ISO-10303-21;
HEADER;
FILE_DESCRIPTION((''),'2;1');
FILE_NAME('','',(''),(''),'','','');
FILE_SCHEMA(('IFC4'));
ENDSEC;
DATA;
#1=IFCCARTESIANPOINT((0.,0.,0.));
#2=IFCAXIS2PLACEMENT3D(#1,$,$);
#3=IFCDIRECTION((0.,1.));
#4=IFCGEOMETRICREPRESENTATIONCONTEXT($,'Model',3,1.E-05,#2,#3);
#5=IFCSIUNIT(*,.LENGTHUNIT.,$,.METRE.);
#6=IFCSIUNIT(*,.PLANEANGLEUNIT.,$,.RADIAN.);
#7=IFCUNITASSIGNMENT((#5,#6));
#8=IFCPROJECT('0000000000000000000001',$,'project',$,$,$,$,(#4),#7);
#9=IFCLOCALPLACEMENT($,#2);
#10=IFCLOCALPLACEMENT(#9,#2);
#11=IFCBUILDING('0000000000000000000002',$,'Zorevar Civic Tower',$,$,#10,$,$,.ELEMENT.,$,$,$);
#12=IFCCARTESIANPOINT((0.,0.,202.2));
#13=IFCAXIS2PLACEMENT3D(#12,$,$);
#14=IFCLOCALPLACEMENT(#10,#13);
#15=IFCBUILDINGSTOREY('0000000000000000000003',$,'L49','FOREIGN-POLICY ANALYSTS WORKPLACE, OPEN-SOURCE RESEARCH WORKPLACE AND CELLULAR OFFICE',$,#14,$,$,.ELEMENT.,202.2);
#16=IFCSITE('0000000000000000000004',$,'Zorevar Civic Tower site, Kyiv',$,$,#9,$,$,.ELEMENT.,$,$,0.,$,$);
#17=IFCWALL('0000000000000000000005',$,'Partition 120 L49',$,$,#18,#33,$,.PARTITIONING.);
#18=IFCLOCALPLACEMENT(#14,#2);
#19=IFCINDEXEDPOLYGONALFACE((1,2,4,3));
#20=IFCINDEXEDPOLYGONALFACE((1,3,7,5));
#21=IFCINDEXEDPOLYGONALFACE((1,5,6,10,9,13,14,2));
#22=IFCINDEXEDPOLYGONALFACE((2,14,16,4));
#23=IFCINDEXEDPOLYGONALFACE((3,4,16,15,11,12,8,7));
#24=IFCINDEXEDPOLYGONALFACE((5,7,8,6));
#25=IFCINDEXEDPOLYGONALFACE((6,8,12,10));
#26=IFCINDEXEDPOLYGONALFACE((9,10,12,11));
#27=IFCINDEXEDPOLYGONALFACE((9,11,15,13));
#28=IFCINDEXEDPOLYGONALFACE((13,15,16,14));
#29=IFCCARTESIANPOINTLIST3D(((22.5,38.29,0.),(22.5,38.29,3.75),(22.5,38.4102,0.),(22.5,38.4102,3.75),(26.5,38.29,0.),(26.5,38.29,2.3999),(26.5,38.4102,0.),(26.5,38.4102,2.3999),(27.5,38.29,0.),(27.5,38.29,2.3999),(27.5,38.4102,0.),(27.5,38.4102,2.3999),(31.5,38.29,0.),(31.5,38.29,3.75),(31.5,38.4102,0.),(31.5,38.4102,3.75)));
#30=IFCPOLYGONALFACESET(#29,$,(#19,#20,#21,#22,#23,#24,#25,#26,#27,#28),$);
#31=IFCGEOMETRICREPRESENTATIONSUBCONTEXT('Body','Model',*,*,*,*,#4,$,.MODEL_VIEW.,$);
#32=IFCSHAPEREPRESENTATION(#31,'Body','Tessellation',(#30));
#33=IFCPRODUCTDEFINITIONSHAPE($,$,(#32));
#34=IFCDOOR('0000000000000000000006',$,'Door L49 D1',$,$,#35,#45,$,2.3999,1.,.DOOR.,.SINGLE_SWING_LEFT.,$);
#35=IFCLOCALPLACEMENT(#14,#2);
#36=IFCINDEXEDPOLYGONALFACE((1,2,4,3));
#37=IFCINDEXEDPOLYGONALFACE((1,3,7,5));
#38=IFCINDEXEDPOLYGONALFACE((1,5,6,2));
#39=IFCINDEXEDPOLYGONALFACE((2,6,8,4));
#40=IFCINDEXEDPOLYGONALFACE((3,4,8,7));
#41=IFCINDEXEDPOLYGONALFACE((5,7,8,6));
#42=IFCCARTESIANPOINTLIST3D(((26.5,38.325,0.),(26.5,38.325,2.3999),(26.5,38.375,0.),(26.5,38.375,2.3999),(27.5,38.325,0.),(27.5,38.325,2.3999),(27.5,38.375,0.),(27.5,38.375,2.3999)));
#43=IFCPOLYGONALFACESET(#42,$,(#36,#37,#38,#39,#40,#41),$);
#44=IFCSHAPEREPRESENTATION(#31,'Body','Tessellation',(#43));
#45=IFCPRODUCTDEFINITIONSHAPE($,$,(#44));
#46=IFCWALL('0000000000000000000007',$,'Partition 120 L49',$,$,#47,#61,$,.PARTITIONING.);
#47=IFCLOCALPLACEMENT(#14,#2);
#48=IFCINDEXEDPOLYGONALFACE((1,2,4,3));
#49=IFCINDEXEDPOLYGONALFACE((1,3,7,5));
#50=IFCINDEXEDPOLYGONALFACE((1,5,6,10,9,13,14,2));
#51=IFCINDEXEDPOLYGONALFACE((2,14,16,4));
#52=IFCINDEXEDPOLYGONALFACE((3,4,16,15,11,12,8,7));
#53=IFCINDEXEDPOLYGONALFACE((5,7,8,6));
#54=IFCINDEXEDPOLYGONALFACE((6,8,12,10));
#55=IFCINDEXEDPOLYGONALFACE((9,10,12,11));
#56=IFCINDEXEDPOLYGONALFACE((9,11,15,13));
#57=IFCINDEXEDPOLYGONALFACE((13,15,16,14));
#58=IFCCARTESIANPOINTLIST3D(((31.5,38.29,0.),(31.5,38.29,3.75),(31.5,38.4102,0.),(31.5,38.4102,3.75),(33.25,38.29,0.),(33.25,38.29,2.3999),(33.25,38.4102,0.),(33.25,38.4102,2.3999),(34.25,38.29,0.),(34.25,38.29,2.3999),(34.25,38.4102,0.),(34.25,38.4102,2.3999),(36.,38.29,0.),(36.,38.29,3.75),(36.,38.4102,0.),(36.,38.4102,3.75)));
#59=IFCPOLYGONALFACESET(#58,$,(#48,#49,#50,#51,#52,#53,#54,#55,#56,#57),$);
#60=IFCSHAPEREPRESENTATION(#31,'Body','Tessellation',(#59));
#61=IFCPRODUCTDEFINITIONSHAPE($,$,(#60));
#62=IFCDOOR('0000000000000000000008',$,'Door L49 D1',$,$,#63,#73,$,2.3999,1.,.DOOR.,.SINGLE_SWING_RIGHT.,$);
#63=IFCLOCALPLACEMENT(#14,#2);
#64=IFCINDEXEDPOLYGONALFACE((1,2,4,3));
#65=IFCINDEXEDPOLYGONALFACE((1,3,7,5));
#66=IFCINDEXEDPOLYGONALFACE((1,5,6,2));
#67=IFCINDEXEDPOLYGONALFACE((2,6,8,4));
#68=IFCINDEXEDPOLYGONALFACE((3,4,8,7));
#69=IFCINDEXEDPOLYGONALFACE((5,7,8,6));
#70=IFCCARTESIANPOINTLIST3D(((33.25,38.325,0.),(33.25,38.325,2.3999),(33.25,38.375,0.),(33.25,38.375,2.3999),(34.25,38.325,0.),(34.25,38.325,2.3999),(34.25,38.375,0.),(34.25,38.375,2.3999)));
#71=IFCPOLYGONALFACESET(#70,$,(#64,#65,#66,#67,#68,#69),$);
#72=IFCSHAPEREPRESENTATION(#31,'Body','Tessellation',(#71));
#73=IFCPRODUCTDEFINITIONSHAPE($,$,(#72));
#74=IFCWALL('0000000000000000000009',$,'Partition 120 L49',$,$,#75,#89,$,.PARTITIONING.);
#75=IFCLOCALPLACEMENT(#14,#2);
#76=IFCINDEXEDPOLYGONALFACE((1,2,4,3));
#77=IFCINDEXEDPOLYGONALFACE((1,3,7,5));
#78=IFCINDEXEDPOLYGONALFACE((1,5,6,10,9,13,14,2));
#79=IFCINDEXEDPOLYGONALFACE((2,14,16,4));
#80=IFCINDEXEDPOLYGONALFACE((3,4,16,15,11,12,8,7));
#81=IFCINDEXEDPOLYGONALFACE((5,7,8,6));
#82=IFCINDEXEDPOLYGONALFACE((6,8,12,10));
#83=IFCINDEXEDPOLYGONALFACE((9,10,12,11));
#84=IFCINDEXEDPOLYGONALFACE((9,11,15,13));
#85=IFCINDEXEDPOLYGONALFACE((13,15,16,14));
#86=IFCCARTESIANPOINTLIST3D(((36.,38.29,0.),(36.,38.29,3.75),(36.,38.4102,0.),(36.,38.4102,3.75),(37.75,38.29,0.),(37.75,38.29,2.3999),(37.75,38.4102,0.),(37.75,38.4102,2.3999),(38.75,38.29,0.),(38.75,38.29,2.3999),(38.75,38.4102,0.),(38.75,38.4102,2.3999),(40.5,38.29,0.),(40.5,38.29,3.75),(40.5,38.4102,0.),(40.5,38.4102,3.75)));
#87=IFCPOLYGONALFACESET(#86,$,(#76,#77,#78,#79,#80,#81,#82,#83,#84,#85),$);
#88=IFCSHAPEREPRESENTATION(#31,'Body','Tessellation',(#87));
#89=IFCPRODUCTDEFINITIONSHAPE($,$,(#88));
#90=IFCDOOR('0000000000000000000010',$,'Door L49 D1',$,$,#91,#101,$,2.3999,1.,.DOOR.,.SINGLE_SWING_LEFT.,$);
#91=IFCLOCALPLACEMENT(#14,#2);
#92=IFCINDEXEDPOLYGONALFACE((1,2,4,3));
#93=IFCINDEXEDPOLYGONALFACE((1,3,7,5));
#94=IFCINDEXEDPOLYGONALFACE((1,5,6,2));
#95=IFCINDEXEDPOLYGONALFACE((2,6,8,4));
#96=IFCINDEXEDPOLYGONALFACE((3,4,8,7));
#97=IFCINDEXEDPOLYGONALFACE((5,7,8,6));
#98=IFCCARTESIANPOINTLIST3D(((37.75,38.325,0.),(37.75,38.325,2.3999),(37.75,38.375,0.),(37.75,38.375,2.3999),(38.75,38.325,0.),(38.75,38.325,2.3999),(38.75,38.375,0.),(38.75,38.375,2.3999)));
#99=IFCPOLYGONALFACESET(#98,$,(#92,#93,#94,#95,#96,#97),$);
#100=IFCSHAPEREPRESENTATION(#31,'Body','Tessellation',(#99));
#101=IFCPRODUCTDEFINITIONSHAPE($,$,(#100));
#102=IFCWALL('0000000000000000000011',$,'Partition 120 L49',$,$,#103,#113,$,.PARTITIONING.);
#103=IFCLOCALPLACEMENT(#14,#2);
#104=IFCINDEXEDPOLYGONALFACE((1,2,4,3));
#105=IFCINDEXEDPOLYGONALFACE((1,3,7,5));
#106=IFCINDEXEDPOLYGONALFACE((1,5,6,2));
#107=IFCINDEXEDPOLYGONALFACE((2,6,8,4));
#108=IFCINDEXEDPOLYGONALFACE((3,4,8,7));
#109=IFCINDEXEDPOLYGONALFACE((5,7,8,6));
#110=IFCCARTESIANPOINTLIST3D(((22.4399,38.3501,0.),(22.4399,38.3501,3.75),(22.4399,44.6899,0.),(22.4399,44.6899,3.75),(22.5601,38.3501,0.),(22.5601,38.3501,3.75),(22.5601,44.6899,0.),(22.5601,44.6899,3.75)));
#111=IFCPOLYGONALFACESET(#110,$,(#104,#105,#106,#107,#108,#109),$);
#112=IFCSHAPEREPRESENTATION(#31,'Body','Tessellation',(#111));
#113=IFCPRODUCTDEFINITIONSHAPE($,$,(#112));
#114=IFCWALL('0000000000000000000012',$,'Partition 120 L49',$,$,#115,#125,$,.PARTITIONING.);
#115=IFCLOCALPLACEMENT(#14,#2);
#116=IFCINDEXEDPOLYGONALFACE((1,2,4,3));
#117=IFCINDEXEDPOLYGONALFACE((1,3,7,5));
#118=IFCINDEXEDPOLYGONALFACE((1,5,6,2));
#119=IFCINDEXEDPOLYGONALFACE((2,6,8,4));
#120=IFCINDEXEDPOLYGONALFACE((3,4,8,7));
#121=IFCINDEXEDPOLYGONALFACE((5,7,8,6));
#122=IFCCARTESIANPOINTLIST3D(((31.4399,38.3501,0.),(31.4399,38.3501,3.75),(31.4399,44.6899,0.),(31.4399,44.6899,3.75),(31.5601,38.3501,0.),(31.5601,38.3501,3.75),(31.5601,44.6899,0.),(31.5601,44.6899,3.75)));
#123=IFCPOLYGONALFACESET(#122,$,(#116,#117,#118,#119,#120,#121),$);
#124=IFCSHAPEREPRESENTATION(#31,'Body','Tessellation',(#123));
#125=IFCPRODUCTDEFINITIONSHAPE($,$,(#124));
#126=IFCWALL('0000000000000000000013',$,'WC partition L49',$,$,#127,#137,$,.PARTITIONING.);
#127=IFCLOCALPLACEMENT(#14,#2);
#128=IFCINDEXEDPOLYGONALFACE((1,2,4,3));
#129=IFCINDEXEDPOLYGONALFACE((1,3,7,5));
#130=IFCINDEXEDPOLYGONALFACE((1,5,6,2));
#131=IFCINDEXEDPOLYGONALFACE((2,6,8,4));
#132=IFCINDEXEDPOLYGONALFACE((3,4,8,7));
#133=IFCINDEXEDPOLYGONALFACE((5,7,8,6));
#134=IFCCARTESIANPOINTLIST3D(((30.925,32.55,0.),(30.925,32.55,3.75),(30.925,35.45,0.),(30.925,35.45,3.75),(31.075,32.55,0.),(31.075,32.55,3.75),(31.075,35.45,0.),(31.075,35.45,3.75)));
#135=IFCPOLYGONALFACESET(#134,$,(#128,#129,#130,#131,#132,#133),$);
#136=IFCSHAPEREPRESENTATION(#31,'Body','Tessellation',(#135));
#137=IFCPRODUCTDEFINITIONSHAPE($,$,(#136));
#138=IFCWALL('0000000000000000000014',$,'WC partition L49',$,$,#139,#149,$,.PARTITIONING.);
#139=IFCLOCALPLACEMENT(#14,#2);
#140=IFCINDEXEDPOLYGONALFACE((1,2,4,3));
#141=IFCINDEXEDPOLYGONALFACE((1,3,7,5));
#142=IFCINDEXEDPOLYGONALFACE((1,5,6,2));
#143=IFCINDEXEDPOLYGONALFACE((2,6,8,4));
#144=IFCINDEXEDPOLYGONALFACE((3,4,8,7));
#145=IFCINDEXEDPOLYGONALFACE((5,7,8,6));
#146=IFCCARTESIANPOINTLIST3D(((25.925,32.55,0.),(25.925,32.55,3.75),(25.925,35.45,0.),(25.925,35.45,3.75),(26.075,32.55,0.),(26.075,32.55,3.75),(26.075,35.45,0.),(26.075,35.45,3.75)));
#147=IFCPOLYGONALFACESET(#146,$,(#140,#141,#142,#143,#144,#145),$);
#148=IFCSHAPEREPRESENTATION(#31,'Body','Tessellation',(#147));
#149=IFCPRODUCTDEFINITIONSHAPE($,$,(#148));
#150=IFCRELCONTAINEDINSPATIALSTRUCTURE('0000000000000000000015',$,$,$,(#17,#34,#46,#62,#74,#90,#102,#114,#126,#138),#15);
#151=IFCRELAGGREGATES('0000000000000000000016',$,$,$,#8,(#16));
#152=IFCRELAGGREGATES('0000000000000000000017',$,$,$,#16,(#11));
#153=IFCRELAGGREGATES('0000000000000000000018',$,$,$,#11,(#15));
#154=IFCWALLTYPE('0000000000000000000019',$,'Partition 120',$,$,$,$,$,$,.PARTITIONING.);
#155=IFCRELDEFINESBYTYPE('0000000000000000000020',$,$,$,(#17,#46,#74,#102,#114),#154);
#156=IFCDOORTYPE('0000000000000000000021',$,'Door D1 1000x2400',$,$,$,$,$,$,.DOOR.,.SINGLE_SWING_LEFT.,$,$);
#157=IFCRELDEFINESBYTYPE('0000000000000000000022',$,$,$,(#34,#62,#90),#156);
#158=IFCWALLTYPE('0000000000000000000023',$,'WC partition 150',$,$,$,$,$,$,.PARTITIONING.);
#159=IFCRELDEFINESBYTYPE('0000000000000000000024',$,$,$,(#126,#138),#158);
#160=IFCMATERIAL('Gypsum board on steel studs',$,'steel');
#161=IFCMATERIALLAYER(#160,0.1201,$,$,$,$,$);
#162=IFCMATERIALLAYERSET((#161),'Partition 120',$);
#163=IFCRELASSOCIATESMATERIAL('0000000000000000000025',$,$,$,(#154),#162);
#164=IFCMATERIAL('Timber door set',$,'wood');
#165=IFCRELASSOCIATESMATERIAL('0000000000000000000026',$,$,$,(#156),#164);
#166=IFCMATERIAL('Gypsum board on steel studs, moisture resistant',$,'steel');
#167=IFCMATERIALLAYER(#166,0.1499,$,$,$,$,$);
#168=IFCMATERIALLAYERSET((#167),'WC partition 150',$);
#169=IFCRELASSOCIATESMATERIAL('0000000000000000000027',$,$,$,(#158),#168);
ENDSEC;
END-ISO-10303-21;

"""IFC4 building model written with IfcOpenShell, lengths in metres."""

from ifc_helpers import new_model, si_unit, direction, frame, frame_2d, origin, place, context, subcontext, project, spatial, rectangle, extrude, material, layer, layer_set, type_object, element, fill, save


model = new_model("IFC4")

# Units and contexts
model_context = context("Model", 3, precision=1e-05, world=origin(), true_north=direction((0.0, 1.0)))
body_context = subcontext(model_context, "Body", "Model", "MODEL_VIEW")
ifc_project = project(units=[si_unit("LENGTHUNIT", "METRE"), si_unit("PLANEANGLEUNIT", "RADIAN")], contexts=[model_context])

# Site, building, storey
site_placement = place(None, origin())
site = spatial("IfcSite", under=ifc_project, at=site_placement, Name="Zorevar Civic Tower site, Kyiv", CompositionType="ELEMENT", RefElevation=0.0)
building_placement = place(site_placement, origin())
building = spatial("IfcBuilding", under=site, at=building_placement, Name="Zorevar Civic Tower", CompositionType="ELEMENT")
storey_placement = place(building_placement, frame((0.0, 0.0, 202.2)))
storey = spatial("IfcBuildingStorey", under=building, at=storey_placement, Name="L49", Description="FOREIGN-POLICY ANALYSTS WORKPLACE, OPEN-SOURCE RESEARCH WORKPLACE AND CELLULAR OFFICE", CompositionType="ELEMENT", Elevation=202.2)

# Walls, openings, doors
ifc_material_1 = material(Name="Gypsum board on steel studs", Category="steel")
ifc_layer_1 = layer(ifc_material_1, 0.1201)
ifc_layer_set_1 = layer_set([ifc_layer_1], Name="Partition 120")
wall_type_1 = type_object("IfcWallType", Name="Partition 120", PredefinedType="PARTITIONING", material=ifc_layer_set_1)
wall_1_placement = place(storey_placement, frame((22.5, 38.3501, 0.0), z_axis=(0.0, 0.0, 1.0), x_axis=(1.0, 0.0, 0.0)))
wall_1 = element("IfcWall", 1, at=wall_1_placement, inside=storey, type_object=wall_type_1, Name="Partition 120 L49", PredefinedType="PARTITIONING", context=body_context, shape_type="SweptSolid", body=[
    extrude(rectangle(XDim=9.0, YDim=0.1201, at=frame_2d((4.5, 0.0))), origin(), (0.0, 0.0, 1.0), 3.75),
])
opening_1_placement = place(wall_1_placement, frame((4.0, 0.0, 0.0)))
opening_1 = element("IfcOpeningElement", 2, at=opening_1_placement, cuts=wall_1, PredefinedType="OPENING", context=body_context, shape_type="SweptSolid", body=[
    extrude(rectangle(XDim=1.0, YDim=2.3999, at=frame_2d((0.5, 1.2))), frame((0.0, 0.0701, 0.0), z_axis=(0.0, -1.0, 0.0), x_axis=(1.0, 0.0, 0.0)), (0.0, 0.0, 1.0), 0.1401),
])
ifc_material_2 = material(Name="Timber door set", Category="wood")
door_type_1 = type_object("IfcDoorType", Name="Door D1 1000x2400", OperationType="SINGLE_SWING_LEFT", PredefinedType="DOOR", material=ifc_material_2)
door_1_placement = place(opening_1_placement, origin())
door_1 = element("IfcDoor", 3, at=door_1_placement, inside=storey, type_object=door_type_1, Name="Door L49 D1", OperationType="SINGLE_SWING_LEFT", OverallHeight=2.3999, OverallWidth=1.0, PredefinedType="DOOR", context=body_context, shape_type="SweptSolid", body=[
    extrude(rectangle(XDim=1.0, YDim=2.3999, at=frame_2d((0.5, 1.2))), frame((0.0, 0.0249, 0.0), z_axis=(0.0, -1.0, 0.0), x_axis=(1.0, 0.0, 0.0)), (0.0, 0.0, 1.0), 0.05),
])
fill(opening_1, door_1)
wall_2_placement = place(storey_placement, frame((31.5, 38.3501, 0.0), z_axis=(0.0, 0.0, 1.0), x_axis=(1.0, 0.0, 0.0)))
wall_2 = element("IfcWall", 4, at=wall_2_placement, inside=storey, type_object=wall_type_1, Name="Partition 120 L49", PredefinedType="PARTITIONING", context=body_context, shape_type="SweptSolid", body=[
    extrude(rectangle(XDim=4.5, YDim=0.1201, at=frame_2d((2.25, 0.0))), origin(), (0.0, 0.0, 1.0), 3.75),
])
opening_2_placement = place(wall_2_placement, frame((1.75, 0.0, 0.0)))
opening_2 = element("IfcOpeningElement", 5, at=opening_2_placement, cuts=wall_2, PredefinedType="OPENING", context=body_context, shape_type="SweptSolid", body=[
    extrude(rectangle(XDim=1.0, YDim=2.3999, at=frame_2d((0.5, 1.2))), frame((0.0, 0.0701, 0.0), z_axis=(0.0, -1.0, 0.0), x_axis=(1.0, 0.0, 0.0)), (0.0, 0.0, 1.0), 0.1401),
])
door_2_placement = place(opening_2_placement, origin())
door_2 = element("IfcDoor", 6, at=door_2_placement, inside=storey, type_object=door_type_1, Name="Door L49 D1", OperationType="SINGLE_SWING_RIGHT", OverallHeight=2.3999, OverallWidth=1.0, PredefinedType="DOOR", context=body_context, shape_type="SweptSolid", body=[
    extrude(rectangle(XDim=1.0, YDim=2.3999, at=frame_2d((0.5, 1.2))), frame((0.0, 0.0249, 0.0), z_axis=(0.0, -1.0, 0.0), x_axis=(1.0, 0.0, 0.0)), (0.0, 0.0, 1.0), 0.05),
])
fill(opening_2, door_2)
wall_3_placement = place(storey_placement, frame((36.0, 38.3501, 0.0), z_axis=(0.0, 0.0, 1.0), x_axis=(1.0, 0.0, 0.0)))
wall_3 = element("IfcWall", 7, at=wall_3_placement, inside=storey, type_object=wall_type_1, Name="Partition 120 L49", PredefinedType="PARTITIONING", context=body_context, shape_type="SweptSolid", body=[
    extrude(rectangle(XDim=4.5, YDim=0.1201, at=frame_2d((2.25, 0.0))), origin(), (0.0, 0.0, 1.0), 3.75),
])
opening_3_placement = place(wall_3_placement, frame((1.75, 0.0, 0.0)))
opening_3 = element("IfcOpeningElement", 8, at=opening_3_placement, cuts=wall_3, PredefinedType="OPENING", context=body_context, shape_type="SweptSolid", body=[
    extrude(rectangle(XDim=1.0, YDim=2.3999, at=frame_2d((0.5, 1.2))), frame((0.0, 0.0701, 0.0), z_axis=(0.0, -1.0, 0.0), x_axis=(1.0, 0.0, 0.0)), (0.0, 0.0, 1.0), 0.1401),
])
door_3_placement = place(opening_3_placement, origin())
door_3 = element("IfcDoor", 9, at=door_3_placement, inside=storey, type_object=door_type_1, Name="Door L49 D1", OperationType="SINGLE_SWING_LEFT", OverallHeight=2.3999, OverallWidth=1.0, PredefinedType="DOOR", context=body_context, shape_type="SweptSolid", body=[
    extrude(rectangle(XDim=1.0, YDim=2.3999, at=frame_2d((0.5, 1.2))), frame((0.0, 0.0249, 0.0), z_axis=(0.0, -1.0, 0.0), x_axis=(1.0, 0.0, 0.0)), (0.0, 0.0, 1.0), 0.05),
])
fill(opening_3, door_3)

# Walls
for number, where, z_axis, x_axis, name in (
    (10, (22.5, 38.3501, 0.0), (0.0, 0.0, 1.0), (0.0, 1.0, 0.0), "Partition 120 L49"),
    (11, (31.5, 38.3501, 0.0), (0.0, 0.0, 1.0), (0.0, 1.0, 0.0), "Partition 120 L49"),
):
    element("IfcWall", number, at=place(storey_placement, frame(where, z_axis=z_axis, x_axis=x_axis)), inside=storey, type_object=wall_type_1, Name=name, PredefinedType="PARTITIONING", context=body_context, shape_type="SweptSolid", body=[
        extrude(rectangle(XDim=6.3398, YDim=0.1201, at=frame_2d((3.1699, 0.0))), origin(), (0.0, 0.0, 1.0), 3.75),
    ])
ifc_material_3 = material(Name="Gypsum board on steel studs, moisture resistant", Category="steel")
ifc_layer_2 = layer(ifc_material_3, 0.1499)
ifc_layer_set_2 = layer_set([ifc_layer_2], Name="WC partition 150")
wall_type_2 = type_object("IfcWallType", Name="WC partition 150", PredefinedType="PARTITIONING", material=ifc_layer_set_2)
for number, where, z_axis, x_axis, name in (
    (12, (31.0, 32.55, 0.0), (0.0, 0.0, 1.0), (0.0, 1.0, 0.0), "WC partition L49"),
    (13, (26.0, 32.55, 0.0), (0.0, 0.0, 1.0), (0.0, 1.0, 0.0), "WC partition L49"),
):
    element("IfcWall", number, at=place(storey_placement, frame(where, z_axis=z_axis, x_axis=x_axis)), inside=storey, type_object=wall_type_2, Name=name, PredefinedType="PARTITIONING", context=body_context, shape_type="SweptSolid", body=[
        extrude(rectangle(XDim=2.8999, YDim=0.1499, at=frame_2d((1.45, 0.0))), origin(), (0.0, 0.0, 1.0), 3.75),
    ])

save(model, "model.ifc")
